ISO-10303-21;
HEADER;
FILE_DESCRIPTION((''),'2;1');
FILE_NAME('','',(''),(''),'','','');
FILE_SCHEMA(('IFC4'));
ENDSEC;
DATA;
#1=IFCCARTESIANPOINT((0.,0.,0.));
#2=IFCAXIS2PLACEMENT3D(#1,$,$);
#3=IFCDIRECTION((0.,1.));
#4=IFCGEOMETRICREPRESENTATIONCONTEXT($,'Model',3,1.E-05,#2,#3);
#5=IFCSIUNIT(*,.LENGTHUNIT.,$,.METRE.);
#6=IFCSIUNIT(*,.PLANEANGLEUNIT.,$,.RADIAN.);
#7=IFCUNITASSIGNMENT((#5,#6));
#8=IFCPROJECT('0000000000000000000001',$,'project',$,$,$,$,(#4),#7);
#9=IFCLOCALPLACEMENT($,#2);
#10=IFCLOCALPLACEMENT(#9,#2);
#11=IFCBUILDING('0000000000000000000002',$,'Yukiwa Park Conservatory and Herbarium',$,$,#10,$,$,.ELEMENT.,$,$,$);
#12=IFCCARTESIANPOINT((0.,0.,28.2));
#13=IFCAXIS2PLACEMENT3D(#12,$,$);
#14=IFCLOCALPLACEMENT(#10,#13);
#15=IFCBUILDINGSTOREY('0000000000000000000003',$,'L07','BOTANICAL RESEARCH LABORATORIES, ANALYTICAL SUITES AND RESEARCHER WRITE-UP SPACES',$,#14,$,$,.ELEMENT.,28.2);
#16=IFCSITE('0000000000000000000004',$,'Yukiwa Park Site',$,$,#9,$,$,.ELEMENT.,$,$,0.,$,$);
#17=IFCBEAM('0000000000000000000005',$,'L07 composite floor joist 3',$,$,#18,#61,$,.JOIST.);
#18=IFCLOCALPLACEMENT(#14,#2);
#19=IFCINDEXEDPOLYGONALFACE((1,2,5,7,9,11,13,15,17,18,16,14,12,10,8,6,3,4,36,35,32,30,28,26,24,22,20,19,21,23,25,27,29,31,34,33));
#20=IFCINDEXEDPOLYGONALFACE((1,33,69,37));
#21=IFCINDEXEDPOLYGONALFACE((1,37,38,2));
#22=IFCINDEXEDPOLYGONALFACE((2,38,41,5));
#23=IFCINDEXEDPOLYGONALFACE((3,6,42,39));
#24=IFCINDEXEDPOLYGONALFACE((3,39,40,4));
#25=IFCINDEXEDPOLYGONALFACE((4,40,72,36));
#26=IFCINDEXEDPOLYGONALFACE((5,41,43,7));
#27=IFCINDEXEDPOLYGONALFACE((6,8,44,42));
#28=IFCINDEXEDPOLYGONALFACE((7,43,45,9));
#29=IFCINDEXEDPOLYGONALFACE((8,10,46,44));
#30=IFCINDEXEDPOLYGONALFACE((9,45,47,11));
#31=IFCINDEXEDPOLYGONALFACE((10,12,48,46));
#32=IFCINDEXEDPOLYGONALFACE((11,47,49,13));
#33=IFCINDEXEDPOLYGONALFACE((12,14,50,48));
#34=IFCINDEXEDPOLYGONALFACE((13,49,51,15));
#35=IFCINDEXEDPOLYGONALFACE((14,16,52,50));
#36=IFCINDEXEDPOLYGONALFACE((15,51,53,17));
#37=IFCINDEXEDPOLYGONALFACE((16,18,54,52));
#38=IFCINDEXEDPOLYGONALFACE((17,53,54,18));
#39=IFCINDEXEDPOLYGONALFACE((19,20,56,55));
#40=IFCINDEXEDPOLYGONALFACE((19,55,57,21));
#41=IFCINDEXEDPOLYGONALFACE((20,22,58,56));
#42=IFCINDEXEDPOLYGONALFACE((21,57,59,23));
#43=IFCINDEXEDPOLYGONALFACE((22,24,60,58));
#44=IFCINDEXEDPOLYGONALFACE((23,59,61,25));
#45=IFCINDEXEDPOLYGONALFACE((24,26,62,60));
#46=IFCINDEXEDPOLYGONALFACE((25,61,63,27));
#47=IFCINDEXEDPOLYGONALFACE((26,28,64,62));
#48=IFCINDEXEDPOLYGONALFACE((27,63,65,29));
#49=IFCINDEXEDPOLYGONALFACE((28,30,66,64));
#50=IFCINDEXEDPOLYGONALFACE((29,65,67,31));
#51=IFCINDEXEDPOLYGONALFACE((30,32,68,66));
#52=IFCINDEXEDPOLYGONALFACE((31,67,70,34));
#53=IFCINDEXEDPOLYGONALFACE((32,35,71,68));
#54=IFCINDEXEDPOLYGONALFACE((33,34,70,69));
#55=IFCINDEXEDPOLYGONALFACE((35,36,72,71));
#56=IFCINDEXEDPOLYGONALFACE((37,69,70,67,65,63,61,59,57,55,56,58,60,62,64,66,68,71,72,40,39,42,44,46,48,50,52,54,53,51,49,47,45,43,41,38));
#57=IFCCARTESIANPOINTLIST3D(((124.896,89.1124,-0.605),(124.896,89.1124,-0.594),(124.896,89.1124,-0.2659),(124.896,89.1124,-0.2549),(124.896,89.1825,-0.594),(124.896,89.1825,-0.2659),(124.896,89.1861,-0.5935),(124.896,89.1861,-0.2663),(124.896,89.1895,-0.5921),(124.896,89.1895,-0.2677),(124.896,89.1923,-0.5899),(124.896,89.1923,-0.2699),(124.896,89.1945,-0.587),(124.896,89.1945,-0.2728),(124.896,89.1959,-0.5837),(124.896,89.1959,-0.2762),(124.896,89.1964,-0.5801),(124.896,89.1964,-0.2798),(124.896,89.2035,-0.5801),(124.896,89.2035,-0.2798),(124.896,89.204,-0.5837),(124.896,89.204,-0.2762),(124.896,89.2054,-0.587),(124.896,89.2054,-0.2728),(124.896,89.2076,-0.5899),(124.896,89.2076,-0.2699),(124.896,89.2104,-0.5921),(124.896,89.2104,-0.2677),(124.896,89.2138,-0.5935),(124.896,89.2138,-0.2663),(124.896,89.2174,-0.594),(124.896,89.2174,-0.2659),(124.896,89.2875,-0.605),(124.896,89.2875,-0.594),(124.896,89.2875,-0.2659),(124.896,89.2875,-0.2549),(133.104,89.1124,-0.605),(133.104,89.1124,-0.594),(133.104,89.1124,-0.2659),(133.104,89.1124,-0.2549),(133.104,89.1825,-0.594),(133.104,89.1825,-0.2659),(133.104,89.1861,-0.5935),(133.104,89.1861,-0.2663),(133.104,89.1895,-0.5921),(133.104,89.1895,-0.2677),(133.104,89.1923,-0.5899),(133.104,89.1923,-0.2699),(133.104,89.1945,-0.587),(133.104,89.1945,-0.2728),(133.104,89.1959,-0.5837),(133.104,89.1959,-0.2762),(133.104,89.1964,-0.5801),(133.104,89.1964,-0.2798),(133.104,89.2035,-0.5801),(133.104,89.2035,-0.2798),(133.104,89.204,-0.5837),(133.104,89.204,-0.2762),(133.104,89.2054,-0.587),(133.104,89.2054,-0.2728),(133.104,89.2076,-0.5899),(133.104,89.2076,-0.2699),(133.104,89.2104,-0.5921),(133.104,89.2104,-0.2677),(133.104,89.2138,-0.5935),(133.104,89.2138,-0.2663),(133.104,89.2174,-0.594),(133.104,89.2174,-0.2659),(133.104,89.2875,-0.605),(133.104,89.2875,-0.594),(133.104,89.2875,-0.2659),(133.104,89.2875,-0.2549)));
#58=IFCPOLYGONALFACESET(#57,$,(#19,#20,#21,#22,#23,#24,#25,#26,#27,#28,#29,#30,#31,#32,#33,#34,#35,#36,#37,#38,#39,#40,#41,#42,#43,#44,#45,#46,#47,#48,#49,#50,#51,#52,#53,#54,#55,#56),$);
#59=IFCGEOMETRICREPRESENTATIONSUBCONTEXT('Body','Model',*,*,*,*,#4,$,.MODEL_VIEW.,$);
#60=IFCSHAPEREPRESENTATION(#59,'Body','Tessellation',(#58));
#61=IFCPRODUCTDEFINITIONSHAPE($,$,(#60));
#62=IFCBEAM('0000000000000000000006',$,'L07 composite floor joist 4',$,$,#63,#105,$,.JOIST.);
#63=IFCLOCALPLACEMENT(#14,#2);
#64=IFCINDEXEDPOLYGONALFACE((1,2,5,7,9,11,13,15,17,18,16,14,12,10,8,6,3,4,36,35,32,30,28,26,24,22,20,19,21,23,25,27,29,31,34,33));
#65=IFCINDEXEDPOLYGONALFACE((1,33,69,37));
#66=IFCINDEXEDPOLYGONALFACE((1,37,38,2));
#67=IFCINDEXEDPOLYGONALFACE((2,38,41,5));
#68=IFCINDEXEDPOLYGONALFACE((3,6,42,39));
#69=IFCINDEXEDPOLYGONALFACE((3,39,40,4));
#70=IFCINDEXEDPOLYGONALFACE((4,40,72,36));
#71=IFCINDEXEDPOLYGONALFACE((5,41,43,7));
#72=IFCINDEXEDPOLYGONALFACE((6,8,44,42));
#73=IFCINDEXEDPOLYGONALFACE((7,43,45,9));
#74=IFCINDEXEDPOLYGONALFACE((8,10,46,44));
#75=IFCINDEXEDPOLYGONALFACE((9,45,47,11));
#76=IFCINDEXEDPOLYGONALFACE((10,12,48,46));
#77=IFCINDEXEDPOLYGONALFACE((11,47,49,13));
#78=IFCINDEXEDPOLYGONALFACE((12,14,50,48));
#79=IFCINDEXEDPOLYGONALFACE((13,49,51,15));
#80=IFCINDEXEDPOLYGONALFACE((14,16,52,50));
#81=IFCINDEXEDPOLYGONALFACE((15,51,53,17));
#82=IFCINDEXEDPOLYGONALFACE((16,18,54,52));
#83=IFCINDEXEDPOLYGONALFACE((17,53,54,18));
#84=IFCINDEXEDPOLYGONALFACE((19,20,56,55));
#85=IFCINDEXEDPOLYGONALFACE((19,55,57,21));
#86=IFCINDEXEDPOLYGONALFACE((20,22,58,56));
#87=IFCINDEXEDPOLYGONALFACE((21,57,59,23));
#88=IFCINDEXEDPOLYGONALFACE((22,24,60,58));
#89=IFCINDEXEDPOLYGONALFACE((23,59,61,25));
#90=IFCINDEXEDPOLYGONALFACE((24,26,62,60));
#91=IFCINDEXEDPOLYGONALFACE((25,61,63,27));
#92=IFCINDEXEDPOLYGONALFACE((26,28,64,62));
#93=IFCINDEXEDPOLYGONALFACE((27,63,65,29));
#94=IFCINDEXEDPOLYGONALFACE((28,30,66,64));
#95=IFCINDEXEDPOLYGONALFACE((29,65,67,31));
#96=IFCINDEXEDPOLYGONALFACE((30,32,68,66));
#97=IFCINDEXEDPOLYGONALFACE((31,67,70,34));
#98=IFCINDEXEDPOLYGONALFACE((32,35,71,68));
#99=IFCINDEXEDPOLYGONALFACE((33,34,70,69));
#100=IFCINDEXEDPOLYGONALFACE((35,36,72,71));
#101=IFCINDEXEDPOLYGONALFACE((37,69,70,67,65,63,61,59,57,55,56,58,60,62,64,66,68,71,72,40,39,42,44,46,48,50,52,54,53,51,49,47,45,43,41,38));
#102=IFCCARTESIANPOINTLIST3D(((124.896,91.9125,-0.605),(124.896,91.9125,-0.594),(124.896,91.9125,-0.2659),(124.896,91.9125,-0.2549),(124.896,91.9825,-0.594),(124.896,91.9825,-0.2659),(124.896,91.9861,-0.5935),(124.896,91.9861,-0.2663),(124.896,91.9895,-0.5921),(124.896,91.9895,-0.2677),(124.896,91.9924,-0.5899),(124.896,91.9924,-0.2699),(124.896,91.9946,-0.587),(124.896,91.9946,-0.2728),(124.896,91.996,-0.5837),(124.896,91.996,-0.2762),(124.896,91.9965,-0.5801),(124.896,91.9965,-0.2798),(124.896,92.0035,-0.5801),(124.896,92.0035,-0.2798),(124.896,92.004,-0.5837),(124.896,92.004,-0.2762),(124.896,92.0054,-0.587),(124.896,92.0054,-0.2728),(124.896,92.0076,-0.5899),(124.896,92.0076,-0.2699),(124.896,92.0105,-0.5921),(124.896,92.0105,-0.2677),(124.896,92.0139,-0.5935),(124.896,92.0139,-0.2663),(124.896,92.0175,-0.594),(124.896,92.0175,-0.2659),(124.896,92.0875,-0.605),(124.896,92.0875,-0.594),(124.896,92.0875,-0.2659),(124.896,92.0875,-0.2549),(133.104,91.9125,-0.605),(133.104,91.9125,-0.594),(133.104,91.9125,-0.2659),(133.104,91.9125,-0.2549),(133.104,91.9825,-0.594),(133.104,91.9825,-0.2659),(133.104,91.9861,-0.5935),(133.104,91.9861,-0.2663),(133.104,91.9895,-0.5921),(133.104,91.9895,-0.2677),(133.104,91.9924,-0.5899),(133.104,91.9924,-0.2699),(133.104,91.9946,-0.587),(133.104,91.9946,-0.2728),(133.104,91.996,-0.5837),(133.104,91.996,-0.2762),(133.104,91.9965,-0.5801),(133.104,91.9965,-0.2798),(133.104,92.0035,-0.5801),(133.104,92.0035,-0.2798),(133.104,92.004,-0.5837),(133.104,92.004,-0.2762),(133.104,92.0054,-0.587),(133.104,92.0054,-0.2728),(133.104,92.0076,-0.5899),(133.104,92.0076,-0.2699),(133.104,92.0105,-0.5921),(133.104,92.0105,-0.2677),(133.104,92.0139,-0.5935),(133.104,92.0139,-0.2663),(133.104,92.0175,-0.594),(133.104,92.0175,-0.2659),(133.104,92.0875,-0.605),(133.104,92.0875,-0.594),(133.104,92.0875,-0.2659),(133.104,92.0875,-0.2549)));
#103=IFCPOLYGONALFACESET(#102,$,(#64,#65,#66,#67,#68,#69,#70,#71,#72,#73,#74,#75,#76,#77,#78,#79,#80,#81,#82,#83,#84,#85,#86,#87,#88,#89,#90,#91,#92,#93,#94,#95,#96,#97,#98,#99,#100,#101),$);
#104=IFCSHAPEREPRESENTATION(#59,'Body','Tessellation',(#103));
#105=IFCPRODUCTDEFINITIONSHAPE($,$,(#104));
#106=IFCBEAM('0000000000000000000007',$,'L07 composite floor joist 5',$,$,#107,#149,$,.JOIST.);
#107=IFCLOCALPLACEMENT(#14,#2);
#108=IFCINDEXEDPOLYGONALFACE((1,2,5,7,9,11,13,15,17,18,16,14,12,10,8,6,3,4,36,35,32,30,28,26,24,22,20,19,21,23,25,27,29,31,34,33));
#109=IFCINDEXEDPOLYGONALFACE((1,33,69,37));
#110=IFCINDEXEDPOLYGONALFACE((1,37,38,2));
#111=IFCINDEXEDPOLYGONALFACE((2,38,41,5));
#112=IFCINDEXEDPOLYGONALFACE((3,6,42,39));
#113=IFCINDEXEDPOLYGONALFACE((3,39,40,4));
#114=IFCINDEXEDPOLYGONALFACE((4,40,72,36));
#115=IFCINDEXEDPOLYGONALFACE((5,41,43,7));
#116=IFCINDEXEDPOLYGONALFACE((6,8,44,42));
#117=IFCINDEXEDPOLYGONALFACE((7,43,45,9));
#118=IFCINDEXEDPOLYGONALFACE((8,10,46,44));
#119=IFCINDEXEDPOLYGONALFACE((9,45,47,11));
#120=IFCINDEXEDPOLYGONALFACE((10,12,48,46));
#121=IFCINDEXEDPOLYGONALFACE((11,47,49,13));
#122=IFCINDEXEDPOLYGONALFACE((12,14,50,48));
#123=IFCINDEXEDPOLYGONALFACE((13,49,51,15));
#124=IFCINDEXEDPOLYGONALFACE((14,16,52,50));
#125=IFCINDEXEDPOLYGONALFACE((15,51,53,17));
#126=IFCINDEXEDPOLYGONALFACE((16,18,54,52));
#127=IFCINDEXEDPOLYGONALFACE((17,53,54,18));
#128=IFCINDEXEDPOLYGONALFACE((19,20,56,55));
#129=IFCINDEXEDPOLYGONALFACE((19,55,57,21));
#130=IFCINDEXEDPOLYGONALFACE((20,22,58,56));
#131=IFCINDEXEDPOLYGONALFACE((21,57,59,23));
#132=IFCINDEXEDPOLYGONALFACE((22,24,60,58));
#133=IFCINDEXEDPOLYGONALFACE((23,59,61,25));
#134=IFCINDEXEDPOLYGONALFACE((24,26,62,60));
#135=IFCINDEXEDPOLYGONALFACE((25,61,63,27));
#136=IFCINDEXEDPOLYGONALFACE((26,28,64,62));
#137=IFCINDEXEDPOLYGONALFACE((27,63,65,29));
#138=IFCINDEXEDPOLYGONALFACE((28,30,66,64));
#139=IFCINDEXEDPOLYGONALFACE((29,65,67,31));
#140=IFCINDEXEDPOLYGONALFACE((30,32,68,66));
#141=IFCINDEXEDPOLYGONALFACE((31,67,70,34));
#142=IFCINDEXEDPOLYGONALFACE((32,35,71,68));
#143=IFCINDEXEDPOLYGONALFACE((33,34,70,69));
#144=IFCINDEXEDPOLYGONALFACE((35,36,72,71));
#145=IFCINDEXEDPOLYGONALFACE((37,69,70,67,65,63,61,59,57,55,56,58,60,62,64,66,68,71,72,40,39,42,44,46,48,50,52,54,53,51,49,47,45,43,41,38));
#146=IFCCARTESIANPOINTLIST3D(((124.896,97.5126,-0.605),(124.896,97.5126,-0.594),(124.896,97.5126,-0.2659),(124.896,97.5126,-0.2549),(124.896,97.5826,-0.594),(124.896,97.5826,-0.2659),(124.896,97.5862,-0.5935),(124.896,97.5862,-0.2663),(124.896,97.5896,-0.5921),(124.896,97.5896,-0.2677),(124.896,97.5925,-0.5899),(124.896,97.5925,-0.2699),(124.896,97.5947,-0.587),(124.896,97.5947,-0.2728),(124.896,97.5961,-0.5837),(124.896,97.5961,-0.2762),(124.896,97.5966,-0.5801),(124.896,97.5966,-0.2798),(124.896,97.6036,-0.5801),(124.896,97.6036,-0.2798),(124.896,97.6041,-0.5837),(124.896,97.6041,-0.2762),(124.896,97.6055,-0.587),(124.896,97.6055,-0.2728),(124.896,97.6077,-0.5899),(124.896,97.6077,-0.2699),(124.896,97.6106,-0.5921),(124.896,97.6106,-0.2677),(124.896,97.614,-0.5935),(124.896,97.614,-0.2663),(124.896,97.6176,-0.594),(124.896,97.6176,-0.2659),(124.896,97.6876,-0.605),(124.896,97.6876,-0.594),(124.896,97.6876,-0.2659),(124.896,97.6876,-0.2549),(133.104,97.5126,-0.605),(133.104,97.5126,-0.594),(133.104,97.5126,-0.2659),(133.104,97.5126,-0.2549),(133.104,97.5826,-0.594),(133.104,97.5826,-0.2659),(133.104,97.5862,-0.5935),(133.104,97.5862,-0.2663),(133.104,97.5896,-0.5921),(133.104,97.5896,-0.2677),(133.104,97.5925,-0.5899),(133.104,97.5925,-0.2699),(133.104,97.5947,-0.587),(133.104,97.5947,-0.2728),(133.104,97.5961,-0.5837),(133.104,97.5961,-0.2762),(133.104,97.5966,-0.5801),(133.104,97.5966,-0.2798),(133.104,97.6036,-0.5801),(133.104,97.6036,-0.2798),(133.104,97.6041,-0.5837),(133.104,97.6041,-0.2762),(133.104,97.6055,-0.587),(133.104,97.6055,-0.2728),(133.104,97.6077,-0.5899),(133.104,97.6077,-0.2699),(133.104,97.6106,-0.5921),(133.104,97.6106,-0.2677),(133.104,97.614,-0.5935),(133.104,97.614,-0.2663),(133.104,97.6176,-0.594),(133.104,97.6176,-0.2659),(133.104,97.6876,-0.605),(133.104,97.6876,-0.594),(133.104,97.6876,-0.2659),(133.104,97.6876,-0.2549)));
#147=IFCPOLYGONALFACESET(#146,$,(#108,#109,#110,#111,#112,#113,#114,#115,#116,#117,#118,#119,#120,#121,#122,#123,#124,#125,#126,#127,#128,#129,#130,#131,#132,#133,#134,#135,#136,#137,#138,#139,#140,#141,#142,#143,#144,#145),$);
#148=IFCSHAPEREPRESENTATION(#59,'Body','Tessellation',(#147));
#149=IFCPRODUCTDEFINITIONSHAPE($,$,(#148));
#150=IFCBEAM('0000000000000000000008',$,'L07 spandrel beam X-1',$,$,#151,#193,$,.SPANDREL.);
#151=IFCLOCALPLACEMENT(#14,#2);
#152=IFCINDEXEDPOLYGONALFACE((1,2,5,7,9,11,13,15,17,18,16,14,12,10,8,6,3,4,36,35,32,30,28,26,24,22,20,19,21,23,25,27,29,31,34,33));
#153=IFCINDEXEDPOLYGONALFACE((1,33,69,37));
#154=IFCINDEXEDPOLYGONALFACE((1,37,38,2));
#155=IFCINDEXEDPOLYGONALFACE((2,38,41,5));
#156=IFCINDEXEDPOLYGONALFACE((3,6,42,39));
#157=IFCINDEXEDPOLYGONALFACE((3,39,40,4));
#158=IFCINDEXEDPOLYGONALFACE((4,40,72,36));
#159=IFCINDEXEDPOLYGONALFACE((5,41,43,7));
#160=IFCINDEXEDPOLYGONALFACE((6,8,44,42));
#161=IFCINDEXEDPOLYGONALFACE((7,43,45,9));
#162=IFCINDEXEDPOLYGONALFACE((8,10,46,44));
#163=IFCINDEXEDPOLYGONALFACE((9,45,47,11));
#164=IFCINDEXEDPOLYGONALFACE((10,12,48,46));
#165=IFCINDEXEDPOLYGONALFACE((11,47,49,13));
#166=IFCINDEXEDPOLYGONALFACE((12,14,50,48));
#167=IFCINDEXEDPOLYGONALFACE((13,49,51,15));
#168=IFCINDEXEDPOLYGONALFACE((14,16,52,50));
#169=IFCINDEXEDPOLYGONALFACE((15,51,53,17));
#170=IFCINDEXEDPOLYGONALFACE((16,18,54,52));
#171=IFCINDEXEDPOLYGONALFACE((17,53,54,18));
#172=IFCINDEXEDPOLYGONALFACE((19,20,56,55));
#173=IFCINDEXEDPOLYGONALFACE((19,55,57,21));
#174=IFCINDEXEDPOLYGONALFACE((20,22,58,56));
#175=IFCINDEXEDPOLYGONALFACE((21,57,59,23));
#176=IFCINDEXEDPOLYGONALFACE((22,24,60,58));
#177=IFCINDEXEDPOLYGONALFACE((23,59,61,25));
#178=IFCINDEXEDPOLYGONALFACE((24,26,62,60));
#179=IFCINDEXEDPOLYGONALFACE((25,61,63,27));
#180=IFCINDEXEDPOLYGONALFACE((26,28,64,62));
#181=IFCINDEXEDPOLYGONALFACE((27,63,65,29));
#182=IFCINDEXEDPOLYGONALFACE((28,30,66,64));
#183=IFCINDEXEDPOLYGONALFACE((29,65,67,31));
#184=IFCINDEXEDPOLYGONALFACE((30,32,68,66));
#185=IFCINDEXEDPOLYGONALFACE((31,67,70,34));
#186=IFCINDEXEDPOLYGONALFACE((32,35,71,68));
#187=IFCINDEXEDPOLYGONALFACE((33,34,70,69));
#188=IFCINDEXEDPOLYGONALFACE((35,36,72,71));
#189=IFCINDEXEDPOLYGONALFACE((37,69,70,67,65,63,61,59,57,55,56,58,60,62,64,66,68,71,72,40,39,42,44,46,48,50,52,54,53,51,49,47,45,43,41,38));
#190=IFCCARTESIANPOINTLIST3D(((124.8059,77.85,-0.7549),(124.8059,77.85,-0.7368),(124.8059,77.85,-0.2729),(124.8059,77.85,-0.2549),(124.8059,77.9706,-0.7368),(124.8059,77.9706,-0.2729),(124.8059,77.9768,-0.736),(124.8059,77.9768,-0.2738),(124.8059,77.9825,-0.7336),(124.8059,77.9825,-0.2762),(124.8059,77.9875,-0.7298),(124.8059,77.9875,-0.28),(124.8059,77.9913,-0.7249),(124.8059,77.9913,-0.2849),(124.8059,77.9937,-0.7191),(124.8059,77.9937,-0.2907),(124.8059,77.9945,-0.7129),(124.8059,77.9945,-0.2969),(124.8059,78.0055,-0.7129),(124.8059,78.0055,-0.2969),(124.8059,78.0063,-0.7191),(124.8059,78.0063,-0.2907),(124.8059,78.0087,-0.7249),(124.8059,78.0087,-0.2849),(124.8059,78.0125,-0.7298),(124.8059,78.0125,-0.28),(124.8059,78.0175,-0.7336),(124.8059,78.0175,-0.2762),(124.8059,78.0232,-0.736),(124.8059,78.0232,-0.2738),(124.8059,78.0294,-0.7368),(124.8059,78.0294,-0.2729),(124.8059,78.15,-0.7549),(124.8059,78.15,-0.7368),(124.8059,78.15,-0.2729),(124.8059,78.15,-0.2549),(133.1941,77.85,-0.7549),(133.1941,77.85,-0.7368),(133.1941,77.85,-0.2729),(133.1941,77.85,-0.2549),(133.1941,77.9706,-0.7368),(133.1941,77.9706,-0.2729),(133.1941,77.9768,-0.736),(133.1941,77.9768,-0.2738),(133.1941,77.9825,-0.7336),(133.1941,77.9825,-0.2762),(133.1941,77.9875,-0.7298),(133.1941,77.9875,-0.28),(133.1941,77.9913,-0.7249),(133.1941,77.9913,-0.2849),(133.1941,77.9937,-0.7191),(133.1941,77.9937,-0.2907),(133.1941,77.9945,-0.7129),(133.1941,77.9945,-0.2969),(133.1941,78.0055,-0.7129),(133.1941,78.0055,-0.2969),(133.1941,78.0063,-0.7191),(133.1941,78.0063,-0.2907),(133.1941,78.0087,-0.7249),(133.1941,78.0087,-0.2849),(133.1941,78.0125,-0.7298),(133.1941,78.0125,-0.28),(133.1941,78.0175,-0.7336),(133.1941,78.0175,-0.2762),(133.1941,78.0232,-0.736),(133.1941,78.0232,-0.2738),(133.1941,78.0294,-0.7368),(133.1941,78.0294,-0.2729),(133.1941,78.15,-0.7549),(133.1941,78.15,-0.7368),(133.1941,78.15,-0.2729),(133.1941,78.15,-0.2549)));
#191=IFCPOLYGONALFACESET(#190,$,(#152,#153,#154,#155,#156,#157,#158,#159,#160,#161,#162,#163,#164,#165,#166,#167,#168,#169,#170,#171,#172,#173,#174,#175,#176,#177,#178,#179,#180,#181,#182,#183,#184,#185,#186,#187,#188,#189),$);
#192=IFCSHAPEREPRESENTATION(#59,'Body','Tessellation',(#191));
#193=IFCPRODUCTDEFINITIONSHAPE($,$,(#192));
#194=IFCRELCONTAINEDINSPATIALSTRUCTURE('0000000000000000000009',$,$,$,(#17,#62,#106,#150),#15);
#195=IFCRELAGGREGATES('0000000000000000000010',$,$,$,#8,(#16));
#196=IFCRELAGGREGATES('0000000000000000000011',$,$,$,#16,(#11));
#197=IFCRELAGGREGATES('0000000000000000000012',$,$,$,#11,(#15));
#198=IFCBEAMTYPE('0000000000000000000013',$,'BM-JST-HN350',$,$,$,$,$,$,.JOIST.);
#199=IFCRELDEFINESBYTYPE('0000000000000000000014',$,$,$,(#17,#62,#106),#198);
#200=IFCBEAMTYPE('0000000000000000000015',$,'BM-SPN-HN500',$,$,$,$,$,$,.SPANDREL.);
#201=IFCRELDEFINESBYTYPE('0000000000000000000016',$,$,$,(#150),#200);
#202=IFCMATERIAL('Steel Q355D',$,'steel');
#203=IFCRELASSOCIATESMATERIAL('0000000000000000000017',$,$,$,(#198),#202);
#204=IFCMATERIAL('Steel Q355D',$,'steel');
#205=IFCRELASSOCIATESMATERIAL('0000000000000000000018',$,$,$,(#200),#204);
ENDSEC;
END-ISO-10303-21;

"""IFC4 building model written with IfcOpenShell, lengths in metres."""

from ifc_helpers import new_model, si_unit, direction, frame, origin, origin_2d, place, context, subcontext, project, spatial, i_section, extrude, material, material_profile, profile_set, type_object, element, save


model = new_model("IFC4")

# Units and contexts
model_context = context("Model", 3, precision=1e-05, world=origin(), true_north=direction((0.0, 1.0)))
body_context = subcontext(model_context, "Body", "Model", "MODEL_VIEW")
ifc_project = project(units=[si_unit("LENGTHUNIT", "METRE"), si_unit("PLANEANGLEUNIT", "RADIAN")], contexts=[model_context])

# Site, building, storey
site_placement = place(None, origin())
site = spatial("IfcSite", under=ifc_project, at=site_placement, Name="Yukiwa Park Site", CompositionType="ELEMENT", RefElevation=0.0)
building_placement = place(site_placement, origin())
building = spatial("IfcBuilding", under=site, at=building_placement, Name="Yukiwa Park Conservatory and Herbarium", CompositionType="ELEMENT")
storey_placement = place(building_placement, frame((0.0, 0.0, 28.2)))
storey = spatial("IfcBuildingStorey", under=building, at=storey_placement, Name="L07", Description="BOTANICAL RESEARCH LABORATORIES, ANALYTICAL SUITES AND RESEARCHER WRITE-UP SPACES", CompositionType="ELEMENT", Elevation=28.2)

# Beams
ifc_material_1 = material(Name="Steel Q355D", Category="steel")
ifc_material_profile_1 = material_profile(ifc_material_1, i_section(OverallWidth=0.175, OverallDepth=0.3501, WebThickness=0.0071, FlangeThickness=0.011, FilletRadius=0.0139, at=origin_2d()), Name="HN 350x175x7x11")
ifc_profile_set_1 = profile_set([ifc_material_profile_1], Name="Steel Q355D")
beam_type_1 = type_object("IfcBeamType", Name="BM-JST-HN350", PredefinedType="JOIST", material=ifc_profile_set_1)
for number, where, z_axis, x_axis, name in (
    (1, (124.896, 89.2, -0.4299), (1.0, 0.0, 0.0), (0.0, 1.0, 0.0), "L07 composite floor joist 3"),
    (2, (124.896, 92.0, -0.4299), (1.0, 0.0, 0.0), (0.0, 1.0, 0.0), "L07 composite floor joist 4"),
    (3, (124.896, 97.6001, -0.4299), (1.0, 0.0, 0.0), (0.0, 1.0, 0.0), "L07 composite floor joist 5"),
):
    element("IfcBeam", number, at=place(storey_placement, frame(where, z_axis=z_axis, x_axis=x_axis)), inside=storey, type_object=beam_type_1, Name=name, PredefinedType="JOIST", context=body_context, shape_type="SweptSolid", body=[
        extrude(i_section(OverallWidth=0.175, OverallDepth=0.3501, WebThickness=0.0071, FlangeThickness=0.011, FilletRadius=0.0139, at=origin_2d()), origin(), (0.0, 0.0, 1.0), 8.208),
    ])
ifc_material_2 = material(Name="Steel Q355D", Category="steel")
ifc_material_profile_2 = material_profile(ifc_material_2, i_section(OverallWidth=0.3, OverallDepth=0.5, WebThickness=0.011, FlangeThickness=0.0181, FilletRadius=0.0239, at=origin_2d()), Name="HM 500x300x11x18")
ifc_profile_set_2 = profile_set([ifc_material_profile_2], Name="Steel Q355D")
beam_type_2 = type_object("IfcBeamType", Name="BM-SPN-HN500", PredefinedType="SPANDREL", material=ifc_profile_set_2)
for number, where, z_axis, x_axis, name in (
    (4, (124.8059, 78.0, -0.5049), (1.0, 0.0, 0.0), (0.0, 1.0, 0.0), "L07 spandrel beam X-1"),
):
    element("IfcBeam", number, at=place(storey_placement, frame(where, z_axis=z_axis, x_axis=x_axis)), inside=storey, type_object=beam_type_2, Name=name, PredefinedType="SPANDREL", context=body_context, shape_type="SweptSolid", body=[
        extrude(i_section(OverallWidth=0.3, OverallDepth=0.5, WebThickness=0.011, FlangeThickness=0.0181, FilletRadius=0.0239, at=origin_2d()), origin(), (0.0, 0.0, 1.0), 8.3882),
    ])

save(model, "model.ifc")
